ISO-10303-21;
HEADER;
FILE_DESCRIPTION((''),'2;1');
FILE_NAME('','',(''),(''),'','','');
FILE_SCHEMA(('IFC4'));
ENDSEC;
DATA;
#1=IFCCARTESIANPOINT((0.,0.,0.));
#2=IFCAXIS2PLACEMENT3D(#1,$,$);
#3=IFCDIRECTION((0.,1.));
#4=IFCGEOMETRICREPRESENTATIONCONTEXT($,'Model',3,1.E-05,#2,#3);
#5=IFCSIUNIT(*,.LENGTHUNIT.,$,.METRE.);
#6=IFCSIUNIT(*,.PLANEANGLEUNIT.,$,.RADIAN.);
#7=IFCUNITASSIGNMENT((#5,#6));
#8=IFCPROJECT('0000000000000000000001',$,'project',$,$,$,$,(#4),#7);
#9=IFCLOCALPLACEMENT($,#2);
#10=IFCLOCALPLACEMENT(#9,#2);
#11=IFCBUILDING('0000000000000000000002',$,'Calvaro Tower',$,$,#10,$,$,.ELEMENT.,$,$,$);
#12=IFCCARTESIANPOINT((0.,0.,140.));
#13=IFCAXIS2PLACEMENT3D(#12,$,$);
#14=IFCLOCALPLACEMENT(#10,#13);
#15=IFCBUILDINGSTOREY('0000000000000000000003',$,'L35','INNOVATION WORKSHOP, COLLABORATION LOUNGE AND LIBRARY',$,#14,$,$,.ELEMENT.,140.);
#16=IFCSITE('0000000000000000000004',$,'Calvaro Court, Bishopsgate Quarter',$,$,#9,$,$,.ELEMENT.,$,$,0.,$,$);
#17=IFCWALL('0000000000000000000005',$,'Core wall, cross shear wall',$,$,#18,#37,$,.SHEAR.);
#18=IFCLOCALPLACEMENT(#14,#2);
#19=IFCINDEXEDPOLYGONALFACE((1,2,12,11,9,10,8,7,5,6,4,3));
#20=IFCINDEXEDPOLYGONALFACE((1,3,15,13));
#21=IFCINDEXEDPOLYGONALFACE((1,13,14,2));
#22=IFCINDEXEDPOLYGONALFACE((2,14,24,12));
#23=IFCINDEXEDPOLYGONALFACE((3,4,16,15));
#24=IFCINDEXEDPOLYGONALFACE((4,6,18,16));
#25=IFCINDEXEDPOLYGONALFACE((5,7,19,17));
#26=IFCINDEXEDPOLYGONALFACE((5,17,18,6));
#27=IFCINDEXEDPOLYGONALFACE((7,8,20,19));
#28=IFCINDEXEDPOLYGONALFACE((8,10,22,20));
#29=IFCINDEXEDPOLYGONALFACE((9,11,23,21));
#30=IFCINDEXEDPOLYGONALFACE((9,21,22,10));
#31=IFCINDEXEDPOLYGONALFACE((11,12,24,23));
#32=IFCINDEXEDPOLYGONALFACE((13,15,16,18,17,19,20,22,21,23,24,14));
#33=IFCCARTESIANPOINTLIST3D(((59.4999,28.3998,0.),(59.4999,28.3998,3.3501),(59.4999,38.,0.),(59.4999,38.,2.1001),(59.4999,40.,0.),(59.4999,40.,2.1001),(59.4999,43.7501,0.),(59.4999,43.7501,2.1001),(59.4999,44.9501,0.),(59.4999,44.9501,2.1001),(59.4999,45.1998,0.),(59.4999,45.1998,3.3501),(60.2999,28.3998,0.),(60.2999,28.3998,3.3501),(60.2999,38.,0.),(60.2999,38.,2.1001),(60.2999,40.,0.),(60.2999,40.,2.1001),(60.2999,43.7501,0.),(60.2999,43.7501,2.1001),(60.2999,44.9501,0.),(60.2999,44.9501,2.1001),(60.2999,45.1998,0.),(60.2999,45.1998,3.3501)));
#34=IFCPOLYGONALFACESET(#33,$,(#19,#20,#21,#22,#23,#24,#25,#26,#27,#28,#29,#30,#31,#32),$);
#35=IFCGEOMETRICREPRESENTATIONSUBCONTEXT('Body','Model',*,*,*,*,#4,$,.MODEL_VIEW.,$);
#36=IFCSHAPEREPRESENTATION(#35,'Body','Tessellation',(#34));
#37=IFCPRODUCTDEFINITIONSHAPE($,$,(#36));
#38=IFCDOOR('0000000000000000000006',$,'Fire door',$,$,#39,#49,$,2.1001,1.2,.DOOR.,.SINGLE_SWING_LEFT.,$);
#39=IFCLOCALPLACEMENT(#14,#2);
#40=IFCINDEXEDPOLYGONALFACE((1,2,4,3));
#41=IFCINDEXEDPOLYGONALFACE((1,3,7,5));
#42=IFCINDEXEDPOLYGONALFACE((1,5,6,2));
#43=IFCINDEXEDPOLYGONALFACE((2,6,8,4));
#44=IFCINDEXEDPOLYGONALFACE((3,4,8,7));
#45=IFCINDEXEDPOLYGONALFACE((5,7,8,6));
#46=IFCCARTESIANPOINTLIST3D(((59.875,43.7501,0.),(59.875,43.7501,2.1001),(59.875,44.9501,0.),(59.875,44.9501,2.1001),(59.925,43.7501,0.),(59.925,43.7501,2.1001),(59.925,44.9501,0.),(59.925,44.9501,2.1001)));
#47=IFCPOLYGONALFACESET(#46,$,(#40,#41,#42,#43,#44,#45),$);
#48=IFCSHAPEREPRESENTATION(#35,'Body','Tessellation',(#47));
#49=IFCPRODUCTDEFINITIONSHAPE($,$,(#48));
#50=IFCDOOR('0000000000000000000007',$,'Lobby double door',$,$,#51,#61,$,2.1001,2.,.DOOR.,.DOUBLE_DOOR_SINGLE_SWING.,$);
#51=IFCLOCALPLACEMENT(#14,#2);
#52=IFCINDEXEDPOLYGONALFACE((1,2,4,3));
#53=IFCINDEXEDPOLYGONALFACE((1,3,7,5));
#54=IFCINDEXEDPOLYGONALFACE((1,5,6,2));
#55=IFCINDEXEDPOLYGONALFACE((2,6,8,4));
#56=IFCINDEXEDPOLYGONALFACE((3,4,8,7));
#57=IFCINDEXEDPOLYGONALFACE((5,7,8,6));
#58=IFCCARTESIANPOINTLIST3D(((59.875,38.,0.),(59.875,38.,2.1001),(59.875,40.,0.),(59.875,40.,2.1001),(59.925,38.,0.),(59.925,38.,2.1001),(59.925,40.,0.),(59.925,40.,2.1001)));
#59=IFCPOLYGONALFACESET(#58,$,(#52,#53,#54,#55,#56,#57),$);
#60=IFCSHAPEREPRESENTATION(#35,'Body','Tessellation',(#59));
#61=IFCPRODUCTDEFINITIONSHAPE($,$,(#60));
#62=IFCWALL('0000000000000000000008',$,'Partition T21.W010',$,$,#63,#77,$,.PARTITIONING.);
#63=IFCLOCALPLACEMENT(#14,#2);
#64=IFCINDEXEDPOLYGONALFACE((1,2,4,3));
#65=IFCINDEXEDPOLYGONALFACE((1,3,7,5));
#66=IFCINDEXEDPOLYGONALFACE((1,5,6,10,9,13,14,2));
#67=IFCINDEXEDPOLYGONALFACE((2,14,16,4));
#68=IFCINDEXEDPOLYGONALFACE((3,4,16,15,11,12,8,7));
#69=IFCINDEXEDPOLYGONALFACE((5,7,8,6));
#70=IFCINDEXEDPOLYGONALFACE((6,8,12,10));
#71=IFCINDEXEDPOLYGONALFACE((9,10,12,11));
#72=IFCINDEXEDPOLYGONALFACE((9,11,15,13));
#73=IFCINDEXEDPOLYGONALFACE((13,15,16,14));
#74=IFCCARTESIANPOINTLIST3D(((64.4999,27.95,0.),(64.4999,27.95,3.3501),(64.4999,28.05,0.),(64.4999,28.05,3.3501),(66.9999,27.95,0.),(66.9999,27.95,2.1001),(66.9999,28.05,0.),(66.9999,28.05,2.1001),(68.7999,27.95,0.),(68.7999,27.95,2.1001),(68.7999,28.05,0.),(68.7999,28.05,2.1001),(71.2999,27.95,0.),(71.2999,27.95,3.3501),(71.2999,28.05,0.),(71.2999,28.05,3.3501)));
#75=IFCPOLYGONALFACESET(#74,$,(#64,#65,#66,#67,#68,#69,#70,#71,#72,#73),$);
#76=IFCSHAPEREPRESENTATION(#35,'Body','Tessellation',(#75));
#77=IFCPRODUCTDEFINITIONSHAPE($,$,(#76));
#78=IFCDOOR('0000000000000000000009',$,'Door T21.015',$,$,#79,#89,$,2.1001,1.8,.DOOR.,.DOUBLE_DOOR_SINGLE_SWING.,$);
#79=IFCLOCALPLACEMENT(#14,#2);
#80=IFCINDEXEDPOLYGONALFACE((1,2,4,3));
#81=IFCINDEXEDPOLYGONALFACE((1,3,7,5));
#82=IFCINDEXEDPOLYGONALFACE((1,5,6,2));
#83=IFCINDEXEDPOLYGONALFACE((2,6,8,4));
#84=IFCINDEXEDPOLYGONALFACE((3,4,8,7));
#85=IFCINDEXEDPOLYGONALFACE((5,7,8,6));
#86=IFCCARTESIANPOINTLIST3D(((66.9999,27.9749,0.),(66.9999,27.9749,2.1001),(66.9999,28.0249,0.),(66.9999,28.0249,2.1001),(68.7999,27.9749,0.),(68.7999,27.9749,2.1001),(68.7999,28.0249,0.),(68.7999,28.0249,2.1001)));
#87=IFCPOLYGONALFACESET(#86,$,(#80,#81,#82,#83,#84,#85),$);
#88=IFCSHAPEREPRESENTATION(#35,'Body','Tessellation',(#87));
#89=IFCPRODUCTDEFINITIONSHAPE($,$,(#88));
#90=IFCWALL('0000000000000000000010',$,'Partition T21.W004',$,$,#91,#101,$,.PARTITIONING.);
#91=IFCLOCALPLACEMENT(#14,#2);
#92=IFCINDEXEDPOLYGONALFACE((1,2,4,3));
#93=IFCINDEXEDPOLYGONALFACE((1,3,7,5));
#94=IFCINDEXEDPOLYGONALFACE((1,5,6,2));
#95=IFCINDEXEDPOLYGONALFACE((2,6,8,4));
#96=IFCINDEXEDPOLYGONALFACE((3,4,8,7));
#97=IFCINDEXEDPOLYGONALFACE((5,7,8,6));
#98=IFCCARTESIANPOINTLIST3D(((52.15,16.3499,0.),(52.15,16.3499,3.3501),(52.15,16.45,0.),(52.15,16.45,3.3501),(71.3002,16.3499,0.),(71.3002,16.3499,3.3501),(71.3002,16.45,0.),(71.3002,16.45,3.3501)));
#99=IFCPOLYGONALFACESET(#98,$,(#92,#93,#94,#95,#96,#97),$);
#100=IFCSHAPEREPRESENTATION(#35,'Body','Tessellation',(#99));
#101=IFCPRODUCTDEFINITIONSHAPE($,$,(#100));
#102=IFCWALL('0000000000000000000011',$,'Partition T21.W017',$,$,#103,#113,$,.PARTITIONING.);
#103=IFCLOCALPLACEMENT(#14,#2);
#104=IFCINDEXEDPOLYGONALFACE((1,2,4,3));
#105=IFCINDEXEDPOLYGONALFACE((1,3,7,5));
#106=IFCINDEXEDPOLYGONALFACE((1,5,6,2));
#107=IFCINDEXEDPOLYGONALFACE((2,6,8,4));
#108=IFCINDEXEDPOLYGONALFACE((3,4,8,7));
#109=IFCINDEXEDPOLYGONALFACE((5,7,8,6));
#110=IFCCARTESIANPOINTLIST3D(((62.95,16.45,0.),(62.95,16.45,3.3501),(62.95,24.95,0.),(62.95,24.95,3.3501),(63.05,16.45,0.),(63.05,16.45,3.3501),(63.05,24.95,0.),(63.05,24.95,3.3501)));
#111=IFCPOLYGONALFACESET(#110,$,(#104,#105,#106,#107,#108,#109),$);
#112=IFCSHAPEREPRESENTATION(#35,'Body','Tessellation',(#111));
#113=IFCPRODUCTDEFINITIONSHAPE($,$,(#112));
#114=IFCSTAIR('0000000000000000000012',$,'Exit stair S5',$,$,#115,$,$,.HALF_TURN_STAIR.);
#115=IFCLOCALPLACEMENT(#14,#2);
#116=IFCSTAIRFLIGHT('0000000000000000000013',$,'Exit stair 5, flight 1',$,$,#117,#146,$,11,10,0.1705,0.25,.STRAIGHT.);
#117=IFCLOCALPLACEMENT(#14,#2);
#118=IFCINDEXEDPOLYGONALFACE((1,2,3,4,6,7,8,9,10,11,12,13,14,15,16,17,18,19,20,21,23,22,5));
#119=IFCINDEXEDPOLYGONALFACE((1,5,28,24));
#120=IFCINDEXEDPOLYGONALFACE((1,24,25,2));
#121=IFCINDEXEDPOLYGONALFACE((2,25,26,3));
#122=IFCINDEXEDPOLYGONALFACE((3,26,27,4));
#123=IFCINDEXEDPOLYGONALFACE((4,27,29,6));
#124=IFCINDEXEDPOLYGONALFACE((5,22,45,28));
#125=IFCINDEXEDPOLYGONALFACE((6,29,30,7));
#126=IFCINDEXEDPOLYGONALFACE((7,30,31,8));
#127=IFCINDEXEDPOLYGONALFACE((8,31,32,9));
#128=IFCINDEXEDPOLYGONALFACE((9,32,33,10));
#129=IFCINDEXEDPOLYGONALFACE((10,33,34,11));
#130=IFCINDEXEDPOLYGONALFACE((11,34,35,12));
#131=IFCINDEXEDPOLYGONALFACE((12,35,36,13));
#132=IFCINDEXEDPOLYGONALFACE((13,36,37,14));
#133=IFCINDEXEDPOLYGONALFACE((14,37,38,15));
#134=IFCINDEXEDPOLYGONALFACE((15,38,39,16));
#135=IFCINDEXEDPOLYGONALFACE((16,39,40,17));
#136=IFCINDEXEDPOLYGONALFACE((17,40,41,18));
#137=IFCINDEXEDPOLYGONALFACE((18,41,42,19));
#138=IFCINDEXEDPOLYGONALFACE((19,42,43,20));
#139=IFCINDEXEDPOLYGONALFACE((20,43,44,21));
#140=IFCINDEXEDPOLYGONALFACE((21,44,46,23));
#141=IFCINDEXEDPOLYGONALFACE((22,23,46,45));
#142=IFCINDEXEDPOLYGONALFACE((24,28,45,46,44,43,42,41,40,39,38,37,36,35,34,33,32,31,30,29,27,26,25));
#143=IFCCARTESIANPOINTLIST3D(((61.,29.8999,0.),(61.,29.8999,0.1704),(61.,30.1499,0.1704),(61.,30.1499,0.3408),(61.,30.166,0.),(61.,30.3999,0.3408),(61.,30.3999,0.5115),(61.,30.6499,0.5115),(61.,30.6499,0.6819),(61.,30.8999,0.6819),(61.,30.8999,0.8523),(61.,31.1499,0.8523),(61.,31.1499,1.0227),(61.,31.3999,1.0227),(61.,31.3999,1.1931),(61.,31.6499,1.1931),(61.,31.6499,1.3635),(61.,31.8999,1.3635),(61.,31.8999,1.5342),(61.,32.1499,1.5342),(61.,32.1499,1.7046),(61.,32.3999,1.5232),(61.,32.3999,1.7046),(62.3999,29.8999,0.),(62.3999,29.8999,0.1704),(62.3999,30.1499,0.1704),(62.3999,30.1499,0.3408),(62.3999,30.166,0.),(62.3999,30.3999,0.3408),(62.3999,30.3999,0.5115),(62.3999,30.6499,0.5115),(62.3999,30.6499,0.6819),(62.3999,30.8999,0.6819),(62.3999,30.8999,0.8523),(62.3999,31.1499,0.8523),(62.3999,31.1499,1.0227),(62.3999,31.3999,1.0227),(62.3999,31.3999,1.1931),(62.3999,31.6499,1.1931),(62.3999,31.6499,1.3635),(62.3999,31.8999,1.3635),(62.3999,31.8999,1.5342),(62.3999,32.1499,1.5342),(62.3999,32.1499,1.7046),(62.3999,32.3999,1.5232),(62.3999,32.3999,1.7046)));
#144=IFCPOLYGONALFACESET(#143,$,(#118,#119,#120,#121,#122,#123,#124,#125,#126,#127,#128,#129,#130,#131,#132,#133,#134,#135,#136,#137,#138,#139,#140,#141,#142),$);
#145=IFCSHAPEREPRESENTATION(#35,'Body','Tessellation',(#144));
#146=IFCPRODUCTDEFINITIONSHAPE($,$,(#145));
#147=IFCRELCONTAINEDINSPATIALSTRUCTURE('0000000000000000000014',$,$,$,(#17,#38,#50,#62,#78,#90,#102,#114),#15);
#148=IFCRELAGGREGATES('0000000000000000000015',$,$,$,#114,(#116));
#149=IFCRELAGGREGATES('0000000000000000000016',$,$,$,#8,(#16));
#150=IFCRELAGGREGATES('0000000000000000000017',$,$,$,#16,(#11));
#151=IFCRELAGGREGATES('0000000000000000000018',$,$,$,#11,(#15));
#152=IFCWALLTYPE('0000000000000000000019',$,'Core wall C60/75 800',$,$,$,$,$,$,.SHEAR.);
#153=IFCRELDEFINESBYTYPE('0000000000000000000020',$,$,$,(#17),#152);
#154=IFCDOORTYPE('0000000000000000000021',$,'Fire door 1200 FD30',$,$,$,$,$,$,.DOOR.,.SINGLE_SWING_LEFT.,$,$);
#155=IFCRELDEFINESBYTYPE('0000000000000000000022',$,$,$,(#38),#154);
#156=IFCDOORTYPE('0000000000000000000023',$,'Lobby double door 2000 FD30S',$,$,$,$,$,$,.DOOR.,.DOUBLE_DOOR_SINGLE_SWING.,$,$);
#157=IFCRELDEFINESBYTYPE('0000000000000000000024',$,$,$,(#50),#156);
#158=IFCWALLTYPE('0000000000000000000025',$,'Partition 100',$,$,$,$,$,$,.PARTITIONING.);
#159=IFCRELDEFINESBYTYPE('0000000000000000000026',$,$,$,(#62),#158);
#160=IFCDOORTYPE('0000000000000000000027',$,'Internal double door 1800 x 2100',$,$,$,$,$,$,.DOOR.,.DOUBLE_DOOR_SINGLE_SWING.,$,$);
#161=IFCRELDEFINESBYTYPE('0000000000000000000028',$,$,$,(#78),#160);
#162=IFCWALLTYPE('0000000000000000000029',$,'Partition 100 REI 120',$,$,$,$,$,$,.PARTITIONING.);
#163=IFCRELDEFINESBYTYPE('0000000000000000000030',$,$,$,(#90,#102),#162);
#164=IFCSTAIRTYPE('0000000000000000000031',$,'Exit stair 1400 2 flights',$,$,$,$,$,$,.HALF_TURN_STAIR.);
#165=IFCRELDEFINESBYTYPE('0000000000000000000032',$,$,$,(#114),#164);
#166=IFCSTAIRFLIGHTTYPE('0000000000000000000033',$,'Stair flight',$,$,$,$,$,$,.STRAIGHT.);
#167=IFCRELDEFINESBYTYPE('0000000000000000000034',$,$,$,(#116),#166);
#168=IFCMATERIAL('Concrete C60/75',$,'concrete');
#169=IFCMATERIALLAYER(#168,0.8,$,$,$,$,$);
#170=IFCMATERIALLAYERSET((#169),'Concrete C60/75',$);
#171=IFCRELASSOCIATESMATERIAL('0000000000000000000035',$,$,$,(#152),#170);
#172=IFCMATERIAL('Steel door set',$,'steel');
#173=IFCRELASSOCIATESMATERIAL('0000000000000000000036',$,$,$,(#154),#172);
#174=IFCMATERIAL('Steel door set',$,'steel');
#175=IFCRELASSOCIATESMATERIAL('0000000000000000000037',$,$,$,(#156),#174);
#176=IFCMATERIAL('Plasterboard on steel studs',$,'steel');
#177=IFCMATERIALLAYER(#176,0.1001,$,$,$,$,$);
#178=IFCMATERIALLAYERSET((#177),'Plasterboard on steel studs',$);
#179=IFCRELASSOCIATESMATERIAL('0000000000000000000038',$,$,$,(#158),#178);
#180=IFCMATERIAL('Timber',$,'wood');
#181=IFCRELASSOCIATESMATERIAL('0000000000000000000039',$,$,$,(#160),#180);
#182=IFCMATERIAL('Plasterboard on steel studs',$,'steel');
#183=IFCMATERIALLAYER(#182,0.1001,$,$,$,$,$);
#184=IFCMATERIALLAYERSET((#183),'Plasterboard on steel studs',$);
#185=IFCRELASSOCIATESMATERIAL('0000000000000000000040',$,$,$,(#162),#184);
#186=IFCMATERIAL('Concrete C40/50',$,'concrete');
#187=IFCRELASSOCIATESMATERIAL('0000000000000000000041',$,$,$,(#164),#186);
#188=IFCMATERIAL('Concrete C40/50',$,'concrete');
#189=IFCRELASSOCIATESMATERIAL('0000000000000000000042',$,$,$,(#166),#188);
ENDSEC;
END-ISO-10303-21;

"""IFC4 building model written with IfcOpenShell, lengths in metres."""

from ifc_helpers import new_model, si_unit, direction, frame, frame_2d, origin, place, context, subcontext, project, spatial, polyline, rectangle, outline, extrude, material, layer, layer_set, type_object, element, fill, aggregate, save


model = new_model("IFC4")

# Units and contexts
model_context = context("Model", 3, precision=1e-05, world=origin(), true_north=direction((0.0, 1.0)))
body_context = subcontext(model_context, "Body", "Model", "MODEL_VIEW")
ifc_project = project(units=[si_unit("LENGTHUNIT", "METRE"), si_unit("PLANEANGLEUNIT", "RADIAN")], contexts=[model_context])

# Site, building, storey
site_placement = place(None, origin())
site = spatial("IfcSite", under=ifc_project, at=site_placement, Name="Calvaro Court, Bishopsgate Quarter", CompositionType="ELEMENT", RefElevation=0.0)
building_placement = place(site_placement, origin())
building = spatial("IfcBuilding", under=site, at=building_placement, Name="Calvaro Tower", CompositionType="ELEMENT")
storey_placement = place(building_placement, frame((0.0, 0.0, 140.0)))
storey = spatial("IfcBuildingStorey", under=building, at=storey_placement, Name="L35", Description="INNOVATION WORKSHOP, COLLABORATION LOUNGE AND LIBRARY", CompositionType="ELEMENT", Elevation=140.0)

# Wall, openings, doors
ifc_material_1 = material(Name="Concrete C60/75", Category="concrete")
ifc_layer_1 = layer(ifc_material_1, 0.8)
ifc_layer_set_1 = layer_set([ifc_layer_1], Name="Concrete C60/75")
wall_type_1 = type_object("IfcWallType", Name="Core wall C60/75 800", PredefinedType="SHEAR", material=ifc_layer_set_1)
wall_1_placement = place(storey_placement, frame((59.8999, 28.3999, 0.0), z_axis=(0.0, 0.0, 1.0), x_axis=(0.0, 1.0, 0.0)))
wall_1 = element("IfcWall", 1, at=wall_1_placement, inside=storey, type_object=wall_type_1, Name="Core wall, cross shear wall", PredefinedType="SHEAR", context=body_context, shape_type="SweptSolid", body=[
    extrude(rectangle(XDim=16.8, YDim=0.8, at=frame_2d((8.3999, 0.0))), origin(), (0.0, 0.0, 1.0), 3.3501),
])
opening_1_placement = place(wall_1_placement, frame((9.6001, 0.0, 0.0)))
opening_1 = element("IfcOpeningElement", 2, at=opening_1_placement, cuts=wall_1, PredefinedType="OPENING", context=body_context, shape_type="SweptSolid", body=[
    extrude(rectangle(XDim=2.0, YDim=2.1001, at=frame_2d((1.0, 1.05))), frame((0.0, 0.4099, 0.0), z_axis=(0.0, -1.0, 0.0), x_axis=(1.0, 0.0, 0.0)), (0.0, 0.0, 1.0), 0.8201),
])
opening_2_placement = place(wall_1_placement, frame((15.3501, 0.0, 0.0)))
opening_2 = element("IfcOpeningElement", 3, at=opening_2_placement, cuts=wall_1, PredefinedType="OPENING", context=body_context, shape_type="SweptSolid", body=[
    extrude(rectangle(XDim=1.2, YDim=2.1001, at=frame_2d((0.6001, 1.05))), frame((0.0, 0.4099, 0.0), z_axis=(0.0, -1.0, 0.0), x_axis=(1.0, 0.0, 0.0)), (0.0, 0.0, 1.0), 0.8201),
])
ifc_material_2 = material(Name="Steel door set", Category="steel")
door_type_1 = type_object("IfcDoorType", Name="Fire door 1200 FD30", OperationType="SINGLE_SWING_LEFT", PredefinedType="DOOR", material=ifc_material_2)
door_1_placement = place(opening_2_placement, origin())
door_1 = element("IfcDoor", 4, at=door_1_placement, inside=storey, type_object=door_type_1, Name="Fire door", OperationType="SINGLE_SWING_LEFT", OverallHeight=2.1001, OverallWidth=1.2, PredefinedType="DOOR", context=body_context, shape_type="SweptSolid", body=[
    extrude(rectangle(XDim=1.2, YDim=2.1001, at=frame_2d((0.6001, 1.05))), frame((0.0, 0.0249, 0.0), z_axis=(0.0, -1.0, 0.0), x_axis=(1.0, 0.0, 0.0)), (0.0, 0.0, 1.0), 0.05),
])
fill(opening_2, door_1)
ifc_material_3 = material(Name="Steel door set", Category="steel")
door_type_2 = type_object("IfcDoorType", Name="Lobby double door 2000 FD30S", OperationType="DOUBLE_DOOR_SINGLE_SWING", PredefinedType="DOOR", material=ifc_material_3)
door_2_placement = place(opening_1_placement, origin())
door_2 = element("IfcDoor", 5, at=door_2_placement, inside=storey, type_object=door_type_2, Name="Lobby double door", OperationType="DOUBLE_DOOR_SINGLE_SWING", OverallHeight=2.1001, OverallWidth=2.0, PredefinedType="DOOR", context=body_context, shape_type="SweptSolid", body=[
    extrude(rectangle(XDim=2.0, YDim=2.1001, at=frame_2d((1.0, 1.05))), frame((0.0, 0.0249, 0.0), z_axis=(0.0, -1.0, 0.0), x_axis=(1.0, 0.0, 0.0)), (0.0, 0.0, 1.0), 0.05),
])
fill(opening_1, door_2)

# Wall, opening, door
ifc_material_4 = material(Name="Plasterboard on steel studs", Category="steel")
ifc_layer_2 = layer(ifc_material_4, 0.1001)
ifc_layer_set_2 = layer_set([ifc_layer_2], Name="Plasterboard on steel studs")
wall_type_2 = type_object("IfcWallType", Name="Partition 100", PredefinedType="PARTITIONING", material=ifc_layer_set_2)
wall_2_placement = place(storey_placement, frame((64.5, 28.0, 0.0), z_axis=(0.0, 0.0, 1.0), x_axis=(1.0, 0.0, 0.0)))
wall_2 = element("IfcWall", 6, at=wall_2_placement, inside=storey, type_object=wall_type_2, Name="Partition T21.W010", PredefinedType="PARTITIONING", context=body_context, shape_type="SweptSolid", body=[
    extrude(rectangle(XDim=6.8, YDim=0.1001, at=frame_2d((3.3999, 0.0))), origin(), (0.0, 0.0, 1.0), 3.3501),
])
opening_3_placement = place(wall_2_placement, frame((2.5, 0.0, 0.0)))
opening_3 = element("IfcOpeningElement", 7, at=opening_3_placement, cuts=wall_2, PredefinedType="OPENING", context=body_context, shape_type="SweptSolid", body=[
    extrude(rectangle(XDim=1.8, YDim=2.1001, at=frame_2d((0.8999, 1.05))), frame((0.0, 0.0601, 0.0), z_axis=(0.0, -1.0, 0.0), x_axis=(1.0, 0.0, 0.0)), (0.0, 0.0, 1.0), 0.1201),
])
ifc_material_5 = material(Name="Timber", Category="wood")
door_type_3 = type_object("IfcDoorType", Name="Internal double door 1800 x 2100", OperationType="DOUBLE_DOOR_SINGLE_SWING", PredefinedType="DOOR", material=ifc_material_5)
door_3_placement = place(opening_3_placement, origin())
door_3 = element("IfcDoor", 8, at=door_3_placement, inside=storey, type_object=door_type_3, Name="Door T21.015", OperationType="DOUBLE_DOOR_SINGLE_SWING", OverallHeight=2.1001, OverallWidth=1.8, PredefinedType="DOOR", context=body_context, shape_type="SweptSolid", body=[
    extrude(rectangle(XDim=1.8, YDim=2.1001, at=frame_2d((0.8999, 1.05))), frame((0.0, 0.0249, 0.0), z_axis=(0.0, -1.0, 0.0), x_axis=(1.0, 0.0, 0.0)), (0.0, 0.0, 1.0), 0.05),
])
fill(opening_3, door_3)

# Walls
ifc_material_6 = material(Name="Plasterboard on steel studs", Category="steel")
ifc_layer_3 = layer(ifc_material_6, 0.1001)
ifc_layer_set_3 = layer_set([ifc_layer_3], Name="Plasterboard on steel studs")
wall_type_3 = type_object("IfcWallType", Name="Partition 100 REI 120", PredefinedType="PARTITIONING", material=ifc_layer_set_3)
wall_3_placement = place(storey_placement, frame((52.1499, 16.3999, 0.0), z_axis=(0.0, 0.0, 1.0), x_axis=(1.0, 0.0, 0.0)))
element("IfcWall", 9, at=wall_3_placement, inside=storey, type_object=wall_type_3, Name="Partition T21.W004", PredefinedType="PARTITIONING", context=body_context, shape_type="SweptSolid", body=[
    extrude(rectangle(XDim=19.1501, YDim=0.1001, at=frame_2d((9.5752, 0.0))), origin(), (0.0, 0.0, 1.0), 3.3501),
])
wall_4_placement = place(storey_placement, frame((63.0, 16.45, 0.0), z_axis=(0.0, 0.0, 1.0), x_axis=(0.0, 1.0, 0.0)))
element("IfcWall", 10, at=wall_4_placement, inside=storey, type_object=wall_type_3, Name="Partition T21.W017", PredefinedType="PARTITIONING", context=body_context, shape_type="SweptSolid", body=[
    extrude(rectangle(XDim=8.5, YDim=0.1001, at=frame_2d((4.25, 0.0))), origin(), (0.0, 0.0, 1.0), 3.3501),
])

# Stair, stair flight
ifc_material_7 = material(Name="Concrete C40/50", Category="concrete")
stair_type = type_object("IfcStairType", Name="Exit stair 1400 2 flights", PredefinedType="HALF_TURN_STAIR", material=ifc_material_7)
stair_1_placement = place(storey_placement, origin())
stair_1 = element("IfcStair", 11, at=stair_1_placement, inside=storey, type_object=stair_type, Name="Exit stair S5", PredefinedType="HALF_TURN_STAIR")
ifc_material_8 = material(Name="Concrete C40/50", Category="concrete")
stair_flight_type = type_object("IfcStairFlightType", Name="Stair flight", PredefinedType="STRAIGHT", material=ifc_material_8)
stair_flight_placement = place(storey_placement, frame((61.7, 29.8999, 0.0), z_axis=(0.0, 0.0, 1.0), x_axis=(0.0, 1.0, 0.0)))
stair_flight = element("IfcStairFlight", 12, at=stair_flight_placement, type_object=stair_flight_type, Name="Exit stair 5, flight 1", NumberOfRisers=11, NumberOfTreads=10, PredefinedType="STRAIGHT", RiserHeight=0.1705, TreadLength=0.25, context=body_context, shape_type="SweptSolid", body=[
    extrude(outline(polyline([(0.0, 0.0), (0.0, 0.1704), (0.25, 0.1704), (0.25, 0.3408), (0.5, 0.3408), (0.5, 0.5115), (0.75, 0.5115), (0.75, 0.6819), (1.0, 0.6819), (1.0, 0.8523), (1.25, 0.8523), (1.25, 1.0227), (1.5, 1.0227), (1.5, 1.1931), (1.75, 1.1931), (1.75, 1.3635), (2.0, 1.3635), (2.0, 1.5342), (2.25, 1.5342), (2.25, 1.7046), (2.5, 1.7046), (2.5, 1.875), (2.5, 1.5232), (0.2661, 0.0), (0.0, 0.0)])), frame((0.0, 0.7, 0.0), z_axis=(0.0, -1.0, 0.0), x_axis=(1.0, 0.0, 0.0)), (0.0, 0.0, 1.0), 1.3999),
])

aggregate(stair_1, [stair_flight])

save(model, "model.ifc")
